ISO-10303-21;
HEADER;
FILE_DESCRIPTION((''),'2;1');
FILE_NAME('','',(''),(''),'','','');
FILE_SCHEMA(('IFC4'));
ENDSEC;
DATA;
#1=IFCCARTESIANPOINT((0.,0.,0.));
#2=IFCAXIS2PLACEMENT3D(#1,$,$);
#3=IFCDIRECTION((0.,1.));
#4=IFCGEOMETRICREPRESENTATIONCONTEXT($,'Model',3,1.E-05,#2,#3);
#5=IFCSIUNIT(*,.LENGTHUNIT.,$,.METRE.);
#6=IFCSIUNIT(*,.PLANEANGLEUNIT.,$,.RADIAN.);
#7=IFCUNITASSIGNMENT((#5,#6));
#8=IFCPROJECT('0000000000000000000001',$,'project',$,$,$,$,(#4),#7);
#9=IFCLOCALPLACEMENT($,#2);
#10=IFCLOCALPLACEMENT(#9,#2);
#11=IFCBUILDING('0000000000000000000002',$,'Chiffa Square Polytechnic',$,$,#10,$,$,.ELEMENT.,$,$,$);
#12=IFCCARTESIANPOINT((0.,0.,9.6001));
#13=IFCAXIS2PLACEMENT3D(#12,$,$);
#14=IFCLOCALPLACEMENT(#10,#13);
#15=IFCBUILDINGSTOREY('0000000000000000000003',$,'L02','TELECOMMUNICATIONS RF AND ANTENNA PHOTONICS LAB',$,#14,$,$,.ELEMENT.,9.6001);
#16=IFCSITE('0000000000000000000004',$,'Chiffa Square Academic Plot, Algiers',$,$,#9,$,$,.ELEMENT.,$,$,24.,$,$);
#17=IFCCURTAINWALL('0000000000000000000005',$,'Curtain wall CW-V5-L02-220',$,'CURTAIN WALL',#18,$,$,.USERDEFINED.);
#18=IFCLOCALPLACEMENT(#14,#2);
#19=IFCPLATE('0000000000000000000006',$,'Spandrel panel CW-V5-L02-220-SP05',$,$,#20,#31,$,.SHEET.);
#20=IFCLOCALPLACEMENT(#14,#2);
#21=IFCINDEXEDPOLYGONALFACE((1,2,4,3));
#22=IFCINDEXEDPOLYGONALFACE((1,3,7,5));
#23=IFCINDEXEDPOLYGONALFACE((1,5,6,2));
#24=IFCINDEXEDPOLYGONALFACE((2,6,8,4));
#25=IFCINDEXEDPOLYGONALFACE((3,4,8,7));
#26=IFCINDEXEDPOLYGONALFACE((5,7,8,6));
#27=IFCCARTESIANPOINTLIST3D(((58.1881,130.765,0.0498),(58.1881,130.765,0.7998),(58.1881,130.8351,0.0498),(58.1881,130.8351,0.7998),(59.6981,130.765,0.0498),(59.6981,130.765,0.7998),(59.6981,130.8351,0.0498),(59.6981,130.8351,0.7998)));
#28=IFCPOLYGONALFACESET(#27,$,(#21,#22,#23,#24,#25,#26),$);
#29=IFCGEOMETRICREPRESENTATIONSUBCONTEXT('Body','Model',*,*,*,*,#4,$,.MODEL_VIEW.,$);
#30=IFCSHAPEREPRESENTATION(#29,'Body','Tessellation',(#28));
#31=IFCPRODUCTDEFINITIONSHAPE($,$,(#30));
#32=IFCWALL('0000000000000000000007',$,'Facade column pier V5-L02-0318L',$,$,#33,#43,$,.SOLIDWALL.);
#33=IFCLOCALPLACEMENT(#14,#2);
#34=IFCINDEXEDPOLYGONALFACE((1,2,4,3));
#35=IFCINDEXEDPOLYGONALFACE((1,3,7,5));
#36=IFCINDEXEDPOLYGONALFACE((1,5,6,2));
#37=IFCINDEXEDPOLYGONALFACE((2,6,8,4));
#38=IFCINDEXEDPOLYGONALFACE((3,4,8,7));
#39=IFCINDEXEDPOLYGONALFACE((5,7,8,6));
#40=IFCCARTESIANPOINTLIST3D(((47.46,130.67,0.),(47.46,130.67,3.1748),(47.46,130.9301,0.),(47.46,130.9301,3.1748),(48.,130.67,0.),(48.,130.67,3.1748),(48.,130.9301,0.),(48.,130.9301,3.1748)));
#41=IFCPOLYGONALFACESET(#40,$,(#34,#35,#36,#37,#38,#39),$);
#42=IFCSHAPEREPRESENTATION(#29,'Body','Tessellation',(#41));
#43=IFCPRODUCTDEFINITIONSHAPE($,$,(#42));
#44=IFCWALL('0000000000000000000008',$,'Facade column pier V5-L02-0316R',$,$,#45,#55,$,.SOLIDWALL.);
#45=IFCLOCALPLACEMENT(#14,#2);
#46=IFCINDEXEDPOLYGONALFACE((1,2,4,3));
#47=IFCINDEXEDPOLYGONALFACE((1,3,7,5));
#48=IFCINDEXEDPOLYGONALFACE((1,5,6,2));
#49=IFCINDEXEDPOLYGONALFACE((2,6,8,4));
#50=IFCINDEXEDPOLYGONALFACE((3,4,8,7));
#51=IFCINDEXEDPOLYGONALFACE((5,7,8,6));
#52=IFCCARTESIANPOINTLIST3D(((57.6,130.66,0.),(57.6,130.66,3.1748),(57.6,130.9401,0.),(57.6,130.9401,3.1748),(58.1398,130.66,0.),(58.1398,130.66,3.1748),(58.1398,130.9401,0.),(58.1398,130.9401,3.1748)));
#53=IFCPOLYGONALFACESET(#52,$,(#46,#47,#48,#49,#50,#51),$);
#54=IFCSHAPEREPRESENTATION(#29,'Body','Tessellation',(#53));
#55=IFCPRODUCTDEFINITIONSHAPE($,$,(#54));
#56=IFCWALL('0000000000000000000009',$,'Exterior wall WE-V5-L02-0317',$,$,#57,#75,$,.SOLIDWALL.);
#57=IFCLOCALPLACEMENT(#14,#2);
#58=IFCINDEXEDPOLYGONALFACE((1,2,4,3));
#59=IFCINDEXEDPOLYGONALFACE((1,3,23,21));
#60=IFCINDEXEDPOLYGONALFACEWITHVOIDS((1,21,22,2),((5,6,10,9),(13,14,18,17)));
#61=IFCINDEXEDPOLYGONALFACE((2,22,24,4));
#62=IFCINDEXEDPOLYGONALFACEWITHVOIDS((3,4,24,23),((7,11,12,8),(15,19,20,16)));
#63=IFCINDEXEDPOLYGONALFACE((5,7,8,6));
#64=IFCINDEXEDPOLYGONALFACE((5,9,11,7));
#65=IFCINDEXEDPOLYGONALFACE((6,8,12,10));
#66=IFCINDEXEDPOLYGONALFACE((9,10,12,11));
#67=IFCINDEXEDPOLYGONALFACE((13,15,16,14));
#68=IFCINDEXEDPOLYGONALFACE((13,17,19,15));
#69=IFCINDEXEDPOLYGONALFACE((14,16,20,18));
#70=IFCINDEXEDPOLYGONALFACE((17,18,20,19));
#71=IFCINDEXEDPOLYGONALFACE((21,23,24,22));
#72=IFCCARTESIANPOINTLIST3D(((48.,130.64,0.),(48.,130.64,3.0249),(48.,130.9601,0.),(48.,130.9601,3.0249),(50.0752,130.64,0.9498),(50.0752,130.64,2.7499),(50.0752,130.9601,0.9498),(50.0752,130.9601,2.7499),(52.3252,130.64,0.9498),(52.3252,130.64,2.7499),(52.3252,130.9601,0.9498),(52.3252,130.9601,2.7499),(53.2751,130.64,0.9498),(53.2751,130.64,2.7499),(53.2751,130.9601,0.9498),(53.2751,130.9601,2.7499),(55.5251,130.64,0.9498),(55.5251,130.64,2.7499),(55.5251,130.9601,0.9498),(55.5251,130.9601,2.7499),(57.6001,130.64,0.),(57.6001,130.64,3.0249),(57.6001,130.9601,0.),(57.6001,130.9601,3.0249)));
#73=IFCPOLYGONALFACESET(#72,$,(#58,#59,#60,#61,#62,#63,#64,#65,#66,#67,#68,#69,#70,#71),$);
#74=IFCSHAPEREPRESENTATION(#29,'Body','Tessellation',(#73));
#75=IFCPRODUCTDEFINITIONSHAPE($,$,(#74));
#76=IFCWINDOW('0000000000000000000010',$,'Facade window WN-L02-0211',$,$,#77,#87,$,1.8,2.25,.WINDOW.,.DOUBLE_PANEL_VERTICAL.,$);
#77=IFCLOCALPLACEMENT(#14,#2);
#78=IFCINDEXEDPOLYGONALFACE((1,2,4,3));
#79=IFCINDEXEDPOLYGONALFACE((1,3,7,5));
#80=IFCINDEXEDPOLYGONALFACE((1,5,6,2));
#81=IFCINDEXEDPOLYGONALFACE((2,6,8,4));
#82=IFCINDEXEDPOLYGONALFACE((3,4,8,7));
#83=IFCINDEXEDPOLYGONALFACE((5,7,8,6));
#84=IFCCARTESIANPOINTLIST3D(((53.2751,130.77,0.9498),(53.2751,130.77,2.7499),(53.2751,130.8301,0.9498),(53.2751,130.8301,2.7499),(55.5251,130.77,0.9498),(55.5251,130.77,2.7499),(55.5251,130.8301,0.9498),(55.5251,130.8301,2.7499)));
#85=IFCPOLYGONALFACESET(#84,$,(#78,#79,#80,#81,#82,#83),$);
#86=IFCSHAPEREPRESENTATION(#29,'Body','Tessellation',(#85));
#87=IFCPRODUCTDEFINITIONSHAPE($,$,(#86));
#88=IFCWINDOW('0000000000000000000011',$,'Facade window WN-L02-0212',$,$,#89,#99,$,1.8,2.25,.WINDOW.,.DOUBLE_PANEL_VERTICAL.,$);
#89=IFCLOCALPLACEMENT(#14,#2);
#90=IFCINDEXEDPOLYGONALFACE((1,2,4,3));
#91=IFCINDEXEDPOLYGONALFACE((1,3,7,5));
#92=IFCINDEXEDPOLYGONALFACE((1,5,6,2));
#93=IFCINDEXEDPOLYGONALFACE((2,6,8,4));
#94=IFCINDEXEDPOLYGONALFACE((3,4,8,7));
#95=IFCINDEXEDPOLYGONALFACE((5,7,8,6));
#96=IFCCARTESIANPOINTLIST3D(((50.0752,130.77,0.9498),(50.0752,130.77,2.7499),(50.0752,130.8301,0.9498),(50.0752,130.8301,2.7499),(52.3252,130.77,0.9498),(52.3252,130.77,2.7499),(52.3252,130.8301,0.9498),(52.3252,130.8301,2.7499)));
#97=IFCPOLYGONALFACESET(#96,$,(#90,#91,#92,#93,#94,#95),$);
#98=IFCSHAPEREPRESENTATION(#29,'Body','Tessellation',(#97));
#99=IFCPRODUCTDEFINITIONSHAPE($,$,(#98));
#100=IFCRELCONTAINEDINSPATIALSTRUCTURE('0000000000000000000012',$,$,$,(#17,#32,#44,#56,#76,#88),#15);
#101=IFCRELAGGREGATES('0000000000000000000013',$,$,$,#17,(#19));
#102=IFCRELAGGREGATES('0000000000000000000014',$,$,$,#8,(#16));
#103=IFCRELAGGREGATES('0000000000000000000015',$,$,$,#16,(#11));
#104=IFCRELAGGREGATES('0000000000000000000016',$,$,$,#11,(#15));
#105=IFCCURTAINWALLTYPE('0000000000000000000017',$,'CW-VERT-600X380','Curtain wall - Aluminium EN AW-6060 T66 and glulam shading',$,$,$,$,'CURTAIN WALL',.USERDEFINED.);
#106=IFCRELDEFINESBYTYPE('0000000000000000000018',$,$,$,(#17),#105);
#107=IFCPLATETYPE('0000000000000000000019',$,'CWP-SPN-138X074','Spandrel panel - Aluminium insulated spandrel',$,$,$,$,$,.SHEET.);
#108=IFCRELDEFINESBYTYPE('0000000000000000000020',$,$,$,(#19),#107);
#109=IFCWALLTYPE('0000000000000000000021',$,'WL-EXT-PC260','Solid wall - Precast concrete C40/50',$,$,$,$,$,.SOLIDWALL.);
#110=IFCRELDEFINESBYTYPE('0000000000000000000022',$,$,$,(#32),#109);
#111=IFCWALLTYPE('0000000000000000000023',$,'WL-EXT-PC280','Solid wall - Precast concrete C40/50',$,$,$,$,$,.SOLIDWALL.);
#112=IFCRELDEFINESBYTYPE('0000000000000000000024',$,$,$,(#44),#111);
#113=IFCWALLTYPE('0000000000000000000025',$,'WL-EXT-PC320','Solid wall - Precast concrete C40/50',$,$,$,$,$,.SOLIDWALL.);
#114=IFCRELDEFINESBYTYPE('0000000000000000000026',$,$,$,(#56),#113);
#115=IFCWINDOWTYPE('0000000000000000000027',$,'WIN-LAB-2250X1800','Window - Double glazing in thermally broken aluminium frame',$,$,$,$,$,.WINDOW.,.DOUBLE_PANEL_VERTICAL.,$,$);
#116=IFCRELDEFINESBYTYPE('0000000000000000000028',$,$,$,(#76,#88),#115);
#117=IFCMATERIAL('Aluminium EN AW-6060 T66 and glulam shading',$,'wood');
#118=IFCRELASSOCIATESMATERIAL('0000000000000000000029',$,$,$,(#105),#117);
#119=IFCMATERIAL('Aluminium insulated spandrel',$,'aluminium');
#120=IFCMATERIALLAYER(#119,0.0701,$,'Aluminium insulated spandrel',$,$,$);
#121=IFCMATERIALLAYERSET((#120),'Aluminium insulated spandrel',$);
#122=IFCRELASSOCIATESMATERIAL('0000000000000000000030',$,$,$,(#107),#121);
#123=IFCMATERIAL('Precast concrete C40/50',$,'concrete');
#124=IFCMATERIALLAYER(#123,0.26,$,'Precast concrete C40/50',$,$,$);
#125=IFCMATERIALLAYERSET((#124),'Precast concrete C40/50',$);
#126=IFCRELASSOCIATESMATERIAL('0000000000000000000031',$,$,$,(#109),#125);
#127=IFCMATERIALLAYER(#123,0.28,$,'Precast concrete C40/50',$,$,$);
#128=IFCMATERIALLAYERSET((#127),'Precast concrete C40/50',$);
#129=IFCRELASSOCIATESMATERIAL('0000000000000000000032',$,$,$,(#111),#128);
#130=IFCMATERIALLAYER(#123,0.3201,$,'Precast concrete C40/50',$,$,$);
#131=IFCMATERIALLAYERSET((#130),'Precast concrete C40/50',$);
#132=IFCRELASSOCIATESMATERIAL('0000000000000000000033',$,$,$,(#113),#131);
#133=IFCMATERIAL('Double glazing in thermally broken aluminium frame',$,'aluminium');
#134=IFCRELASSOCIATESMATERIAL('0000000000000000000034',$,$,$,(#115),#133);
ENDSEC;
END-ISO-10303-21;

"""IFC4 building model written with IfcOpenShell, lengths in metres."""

from ifc_helpers import new_model, si_unit, direction, frame, frame_2d, origin, origin_2d, place, context, subcontext, project, spatial, rectangle, extrude, material, layer, layer_set, type_object, element, fill, aggregate, save


model = new_model("IFC4")

# Units and contexts
model_context = context("Model", 3, precision=1e-05, world=origin(), true_north=direction((0.0, 1.0)))
body_context = subcontext(model_context, "Body", "Model", "MODEL_VIEW")
ifc_project = project(units=[si_unit("LENGTHUNIT", "METRE"), si_unit("PLANEANGLEUNIT", "RADIAN")], contexts=[model_context])

# Site, building, storey
site_placement = place(None, origin())
site = spatial("IfcSite", under=ifc_project, at=site_placement, Name="Chiffa Square Academic Plot, Algiers", CompositionType="ELEMENT", RefElevation=24.0)
building_placement = place(site_placement, origin())
building = spatial("IfcBuilding", under=site, at=building_placement, Name="Chiffa Square Polytechnic", CompositionType="ELEMENT")
storey_placement = place(building_placement, frame((0.0, 0.0, 9.6001)))
storey = spatial("IfcBuildingStorey", under=building, at=storey_placement, Name="L02", Description="TELECOMMUNICATIONS RF AND ANTENNA PHOTONICS LAB", CompositionType="ELEMENT", Elevation=9.6001)

# Curtain wall
ifc_material_1 = material(Name="Aluminium EN AW-6060 T66 and glulam shading", Category="wood")
curtain_wall_type_1 = type_object("IfcCurtainWallType", Name="CW-VERT-600X380", Description="Curtain wall - Aluminium EN AW-6060 T66 and glulam shading", ElementType="CURTAIN WALL", PredefinedType="USERDEFINED", material=ifc_material_1)
curtain_wall_1_placement = place(storey_placement, origin())
curtain_wall_1 = element("IfcCurtainWall", 1, at=curtain_wall_1_placement, inside=storey, type_object=curtain_wall_type_1, Name="Curtain wall CW-V5-L02-220", ObjectType="CURTAIN WALL", PredefinedType="USERDEFINED")

# Plate
ifc_material_2 = material(Name="Aluminium insulated spandrel", Category="aluminium")
ifc_layer_1 = layer(ifc_material_2, 0.0701, Name="Aluminium insulated spandrel")
ifc_layer_set_1 = layer_set([ifc_layer_1], Name="Aluminium insulated spandrel")
plate_type_1 = type_object("IfcPlateType", Name="CWP-SPN-138X074", Description="Spandrel panel - Aluminium insulated spandrel", PredefinedType="SHEET", material=ifc_layer_set_1)
plate_1_placement = place(storey_placement, frame((58.9431, 130.8, 0.0498), z_axis=(0.0, 0.0, 1.0), x_axis=(-1.0, 0.0, 0.0)))
plate_1 = element("IfcPlate", 2, at=plate_1_placement, type_object=plate_type_1, Name="Spandrel panel CW-V5-L02-220-SP05", PredefinedType="SHEET", context=body_context, shape_type="SweptSolid", body=[
    extrude(rectangle(XDim=1.51, YDim=0.0701, at=origin_2d()), origin(), (0.0, 0.0, 1.0), 0.75),
])
aggregate(curtain_wall_1, [plate_1])

# Walls
ifc_material_3 = material(Name="Precast concrete C40/50", Category="concrete")
ifc_layer_2 = layer(ifc_material_3, 0.26, Name="Precast concrete C40/50")
ifc_layer_set_2 = layer_set([ifc_layer_2], Name="Precast concrete C40/50")
wall_type_1 = type_object("IfcWallType", Name="WL-EXT-PC260", Description="Solid wall - Precast concrete C40/50", PredefinedType="SOLIDWALL", material=ifc_layer_set_2)
wall_1_placement = place(storey_placement, frame((48.0, 130.8, 0.0), z_axis=(0.0, 0.0, 1.0), x_axis=(-1.0, 0.0, 0.0)))
element("IfcWall", 3, at=wall_1_placement, inside=storey, type_object=wall_type_1, Name="Facade column pier V5-L02-0318L", PredefinedType="SOLIDWALL", context=body_context, shape_type="SweptSolid", body=[
    extrude(rectangle(XDim=0.54, YDim=0.26, at=frame_2d((0.27, 0.0))), origin(), (0.0, 0.0, 1.0), 3.1748),
])
ifc_layer_3 = layer(ifc_material_3, 0.28, Name="Precast concrete C40/50")
ifc_layer_set_3 = layer_set([ifc_layer_3], Name="Precast concrete C40/50")
wall_type_2 = type_object("IfcWallType", Name="WL-EXT-PC280", Description="Solid wall - Precast concrete C40/50", PredefinedType="SOLIDWALL", material=ifc_layer_set_3)
wall_2_placement = place(storey_placement, frame((58.1399, 130.8, 0.0), z_axis=(0.0, 0.0, 1.0), x_axis=(-1.0, 0.0, 0.0)))
element("IfcWall", 4, at=wall_2_placement, inside=storey, type_object=wall_type_2, Name="Facade column pier V5-L02-0316R", PredefinedType="SOLIDWALL", context=body_context, shape_type="SweptSolid", body=[
    extrude(rectangle(XDim=0.5398, YDim=0.28, at=frame_2d((0.27, 0.0))), origin(), (0.0, 0.0, 1.0), 3.1748),
])

# Wall, openings, windows
ifc_layer_4 = layer(ifc_material_3, 0.3201, Name="Precast concrete C40/50")
ifc_layer_set_4 = layer_set([ifc_layer_4], Name="Precast concrete C40/50")
wall_type_3 = type_object("IfcWallType", Name="WL-EXT-PC320", Description="Solid wall - Precast concrete C40/50", PredefinedType="SOLIDWALL", material=ifc_layer_set_4)
wall_3_placement = place(storey_placement, frame((57.6001, 130.8, 0.0), z_axis=(0.0, 0.0, 1.0), x_axis=(-1.0, 0.0, 0.0)))
wall_3 = element("IfcWall", 5, at=wall_3_placement, inside=storey, type_object=wall_type_3, Name="Exterior wall WE-V5-L02-0317", PredefinedType="SOLIDWALL", context=body_context, shape_type="SweptSolid", body=[
    extrude(rectangle(XDim=9.6001, YDim=0.3201, at=frame_2d((4.8, 0.0))), origin(), (0.0, 0.0, 1.0), 3.0249),
])
opening_1_placement = place(wall_3_placement, frame((2.075, 0.0, 0.95)))
opening_1 = element("IfcOpeningElement", 6, at=opening_1_placement, cuts=wall_3, PredefinedType="OPENING", context=body_context, shape_type="SweptSolid", body=[
    extrude(rectangle(XDim=2.25, YDim=1.8, at=frame_2d((1.125, 0.8999))), frame((0.0, 0.1699, 0.0), z_axis=(0.0, -1.0, 0.0), x_axis=(1.0, 0.0, 0.0)), (0.0, 0.0, 1.0), 0.3401),
])
opening_2_placement = place(wall_3_placement, frame((5.2749, 0.0, 0.95)))
opening_2 = element("IfcOpeningElement", 7, at=opening_2_placement, cuts=wall_3, PredefinedType="OPENING", context=body_context, shape_type="SweptSolid", body=[
    extrude(rectangle(XDim=2.25, YDim=1.8, at=frame_2d((1.125, 0.8999))), frame((0.0, 0.1699, 0.0), z_axis=(0.0, -1.0, 0.0), x_axis=(1.0, 0.0, 0.0)), (0.0, 0.0, 1.0), 0.3401),
])
ifc_material_4 = material(Name="Double glazing in thermally broken aluminium frame", Category="aluminium")
window_type = type_object("IfcWindowType", Name="WIN-LAB-2250X1800", Description="Window - Double glazing in thermally broken aluminium frame", PartitioningType="DOUBLE_PANEL_VERTICAL", PredefinedType="WINDOW", material=ifc_material_4)
window_1_placement = place(opening_1_placement, origin())
window_1 = element("IfcWindow", 8, at=window_1_placement, inside=storey, type_object=window_type, Name="Facade window WN-L02-0211", OverallHeight=1.8, OverallWidth=2.25, PartitioningType="DOUBLE_PANEL_VERTICAL", PredefinedType="WINDOW", context=body_context, shape_type="SweptSolid", body=[
    extrude(rectangle(XDim=2.25, YDim=1.8, at=frame_2d((1.125, 0.8999))), frame((0.0, 0.03, 0.0), z_axis=(0.0, -1.0, 0.0), x_axis=(1.0, 0.0, 0.0)), (0.0, 0.0, 1.0), 0.0601),
])
fill(opening_1, window_1)
window_2_placement = place(opening_2_placement, origin())
window_2 = element("IfcWindow", 9, at=window_2_placement, inside=storey, type_object=window_type, Name="Facade window WN-L02-0212", OverallHeight=1.8, OverallWidth=2.25, PartitioningType="DOUBLE_PANEL_VERTICAL", PredefinedType="WINDOW", context=body_context, shape_type="SweptSolid", body=[
    extrude(rectangle(XDim=2.25, YDim=1.8, at=frame_2d((1.125, 0.8999))), frame((0.0, 0.03, 0.0), z_axis=(0.0, -1.0, 0.0), x_axis=(1.0, 0.0, 0.0)), (0.0, 0.0, 1.0), 0.0601),
])
fill(opening_2, window_2)

save(model, "model.ifc")
